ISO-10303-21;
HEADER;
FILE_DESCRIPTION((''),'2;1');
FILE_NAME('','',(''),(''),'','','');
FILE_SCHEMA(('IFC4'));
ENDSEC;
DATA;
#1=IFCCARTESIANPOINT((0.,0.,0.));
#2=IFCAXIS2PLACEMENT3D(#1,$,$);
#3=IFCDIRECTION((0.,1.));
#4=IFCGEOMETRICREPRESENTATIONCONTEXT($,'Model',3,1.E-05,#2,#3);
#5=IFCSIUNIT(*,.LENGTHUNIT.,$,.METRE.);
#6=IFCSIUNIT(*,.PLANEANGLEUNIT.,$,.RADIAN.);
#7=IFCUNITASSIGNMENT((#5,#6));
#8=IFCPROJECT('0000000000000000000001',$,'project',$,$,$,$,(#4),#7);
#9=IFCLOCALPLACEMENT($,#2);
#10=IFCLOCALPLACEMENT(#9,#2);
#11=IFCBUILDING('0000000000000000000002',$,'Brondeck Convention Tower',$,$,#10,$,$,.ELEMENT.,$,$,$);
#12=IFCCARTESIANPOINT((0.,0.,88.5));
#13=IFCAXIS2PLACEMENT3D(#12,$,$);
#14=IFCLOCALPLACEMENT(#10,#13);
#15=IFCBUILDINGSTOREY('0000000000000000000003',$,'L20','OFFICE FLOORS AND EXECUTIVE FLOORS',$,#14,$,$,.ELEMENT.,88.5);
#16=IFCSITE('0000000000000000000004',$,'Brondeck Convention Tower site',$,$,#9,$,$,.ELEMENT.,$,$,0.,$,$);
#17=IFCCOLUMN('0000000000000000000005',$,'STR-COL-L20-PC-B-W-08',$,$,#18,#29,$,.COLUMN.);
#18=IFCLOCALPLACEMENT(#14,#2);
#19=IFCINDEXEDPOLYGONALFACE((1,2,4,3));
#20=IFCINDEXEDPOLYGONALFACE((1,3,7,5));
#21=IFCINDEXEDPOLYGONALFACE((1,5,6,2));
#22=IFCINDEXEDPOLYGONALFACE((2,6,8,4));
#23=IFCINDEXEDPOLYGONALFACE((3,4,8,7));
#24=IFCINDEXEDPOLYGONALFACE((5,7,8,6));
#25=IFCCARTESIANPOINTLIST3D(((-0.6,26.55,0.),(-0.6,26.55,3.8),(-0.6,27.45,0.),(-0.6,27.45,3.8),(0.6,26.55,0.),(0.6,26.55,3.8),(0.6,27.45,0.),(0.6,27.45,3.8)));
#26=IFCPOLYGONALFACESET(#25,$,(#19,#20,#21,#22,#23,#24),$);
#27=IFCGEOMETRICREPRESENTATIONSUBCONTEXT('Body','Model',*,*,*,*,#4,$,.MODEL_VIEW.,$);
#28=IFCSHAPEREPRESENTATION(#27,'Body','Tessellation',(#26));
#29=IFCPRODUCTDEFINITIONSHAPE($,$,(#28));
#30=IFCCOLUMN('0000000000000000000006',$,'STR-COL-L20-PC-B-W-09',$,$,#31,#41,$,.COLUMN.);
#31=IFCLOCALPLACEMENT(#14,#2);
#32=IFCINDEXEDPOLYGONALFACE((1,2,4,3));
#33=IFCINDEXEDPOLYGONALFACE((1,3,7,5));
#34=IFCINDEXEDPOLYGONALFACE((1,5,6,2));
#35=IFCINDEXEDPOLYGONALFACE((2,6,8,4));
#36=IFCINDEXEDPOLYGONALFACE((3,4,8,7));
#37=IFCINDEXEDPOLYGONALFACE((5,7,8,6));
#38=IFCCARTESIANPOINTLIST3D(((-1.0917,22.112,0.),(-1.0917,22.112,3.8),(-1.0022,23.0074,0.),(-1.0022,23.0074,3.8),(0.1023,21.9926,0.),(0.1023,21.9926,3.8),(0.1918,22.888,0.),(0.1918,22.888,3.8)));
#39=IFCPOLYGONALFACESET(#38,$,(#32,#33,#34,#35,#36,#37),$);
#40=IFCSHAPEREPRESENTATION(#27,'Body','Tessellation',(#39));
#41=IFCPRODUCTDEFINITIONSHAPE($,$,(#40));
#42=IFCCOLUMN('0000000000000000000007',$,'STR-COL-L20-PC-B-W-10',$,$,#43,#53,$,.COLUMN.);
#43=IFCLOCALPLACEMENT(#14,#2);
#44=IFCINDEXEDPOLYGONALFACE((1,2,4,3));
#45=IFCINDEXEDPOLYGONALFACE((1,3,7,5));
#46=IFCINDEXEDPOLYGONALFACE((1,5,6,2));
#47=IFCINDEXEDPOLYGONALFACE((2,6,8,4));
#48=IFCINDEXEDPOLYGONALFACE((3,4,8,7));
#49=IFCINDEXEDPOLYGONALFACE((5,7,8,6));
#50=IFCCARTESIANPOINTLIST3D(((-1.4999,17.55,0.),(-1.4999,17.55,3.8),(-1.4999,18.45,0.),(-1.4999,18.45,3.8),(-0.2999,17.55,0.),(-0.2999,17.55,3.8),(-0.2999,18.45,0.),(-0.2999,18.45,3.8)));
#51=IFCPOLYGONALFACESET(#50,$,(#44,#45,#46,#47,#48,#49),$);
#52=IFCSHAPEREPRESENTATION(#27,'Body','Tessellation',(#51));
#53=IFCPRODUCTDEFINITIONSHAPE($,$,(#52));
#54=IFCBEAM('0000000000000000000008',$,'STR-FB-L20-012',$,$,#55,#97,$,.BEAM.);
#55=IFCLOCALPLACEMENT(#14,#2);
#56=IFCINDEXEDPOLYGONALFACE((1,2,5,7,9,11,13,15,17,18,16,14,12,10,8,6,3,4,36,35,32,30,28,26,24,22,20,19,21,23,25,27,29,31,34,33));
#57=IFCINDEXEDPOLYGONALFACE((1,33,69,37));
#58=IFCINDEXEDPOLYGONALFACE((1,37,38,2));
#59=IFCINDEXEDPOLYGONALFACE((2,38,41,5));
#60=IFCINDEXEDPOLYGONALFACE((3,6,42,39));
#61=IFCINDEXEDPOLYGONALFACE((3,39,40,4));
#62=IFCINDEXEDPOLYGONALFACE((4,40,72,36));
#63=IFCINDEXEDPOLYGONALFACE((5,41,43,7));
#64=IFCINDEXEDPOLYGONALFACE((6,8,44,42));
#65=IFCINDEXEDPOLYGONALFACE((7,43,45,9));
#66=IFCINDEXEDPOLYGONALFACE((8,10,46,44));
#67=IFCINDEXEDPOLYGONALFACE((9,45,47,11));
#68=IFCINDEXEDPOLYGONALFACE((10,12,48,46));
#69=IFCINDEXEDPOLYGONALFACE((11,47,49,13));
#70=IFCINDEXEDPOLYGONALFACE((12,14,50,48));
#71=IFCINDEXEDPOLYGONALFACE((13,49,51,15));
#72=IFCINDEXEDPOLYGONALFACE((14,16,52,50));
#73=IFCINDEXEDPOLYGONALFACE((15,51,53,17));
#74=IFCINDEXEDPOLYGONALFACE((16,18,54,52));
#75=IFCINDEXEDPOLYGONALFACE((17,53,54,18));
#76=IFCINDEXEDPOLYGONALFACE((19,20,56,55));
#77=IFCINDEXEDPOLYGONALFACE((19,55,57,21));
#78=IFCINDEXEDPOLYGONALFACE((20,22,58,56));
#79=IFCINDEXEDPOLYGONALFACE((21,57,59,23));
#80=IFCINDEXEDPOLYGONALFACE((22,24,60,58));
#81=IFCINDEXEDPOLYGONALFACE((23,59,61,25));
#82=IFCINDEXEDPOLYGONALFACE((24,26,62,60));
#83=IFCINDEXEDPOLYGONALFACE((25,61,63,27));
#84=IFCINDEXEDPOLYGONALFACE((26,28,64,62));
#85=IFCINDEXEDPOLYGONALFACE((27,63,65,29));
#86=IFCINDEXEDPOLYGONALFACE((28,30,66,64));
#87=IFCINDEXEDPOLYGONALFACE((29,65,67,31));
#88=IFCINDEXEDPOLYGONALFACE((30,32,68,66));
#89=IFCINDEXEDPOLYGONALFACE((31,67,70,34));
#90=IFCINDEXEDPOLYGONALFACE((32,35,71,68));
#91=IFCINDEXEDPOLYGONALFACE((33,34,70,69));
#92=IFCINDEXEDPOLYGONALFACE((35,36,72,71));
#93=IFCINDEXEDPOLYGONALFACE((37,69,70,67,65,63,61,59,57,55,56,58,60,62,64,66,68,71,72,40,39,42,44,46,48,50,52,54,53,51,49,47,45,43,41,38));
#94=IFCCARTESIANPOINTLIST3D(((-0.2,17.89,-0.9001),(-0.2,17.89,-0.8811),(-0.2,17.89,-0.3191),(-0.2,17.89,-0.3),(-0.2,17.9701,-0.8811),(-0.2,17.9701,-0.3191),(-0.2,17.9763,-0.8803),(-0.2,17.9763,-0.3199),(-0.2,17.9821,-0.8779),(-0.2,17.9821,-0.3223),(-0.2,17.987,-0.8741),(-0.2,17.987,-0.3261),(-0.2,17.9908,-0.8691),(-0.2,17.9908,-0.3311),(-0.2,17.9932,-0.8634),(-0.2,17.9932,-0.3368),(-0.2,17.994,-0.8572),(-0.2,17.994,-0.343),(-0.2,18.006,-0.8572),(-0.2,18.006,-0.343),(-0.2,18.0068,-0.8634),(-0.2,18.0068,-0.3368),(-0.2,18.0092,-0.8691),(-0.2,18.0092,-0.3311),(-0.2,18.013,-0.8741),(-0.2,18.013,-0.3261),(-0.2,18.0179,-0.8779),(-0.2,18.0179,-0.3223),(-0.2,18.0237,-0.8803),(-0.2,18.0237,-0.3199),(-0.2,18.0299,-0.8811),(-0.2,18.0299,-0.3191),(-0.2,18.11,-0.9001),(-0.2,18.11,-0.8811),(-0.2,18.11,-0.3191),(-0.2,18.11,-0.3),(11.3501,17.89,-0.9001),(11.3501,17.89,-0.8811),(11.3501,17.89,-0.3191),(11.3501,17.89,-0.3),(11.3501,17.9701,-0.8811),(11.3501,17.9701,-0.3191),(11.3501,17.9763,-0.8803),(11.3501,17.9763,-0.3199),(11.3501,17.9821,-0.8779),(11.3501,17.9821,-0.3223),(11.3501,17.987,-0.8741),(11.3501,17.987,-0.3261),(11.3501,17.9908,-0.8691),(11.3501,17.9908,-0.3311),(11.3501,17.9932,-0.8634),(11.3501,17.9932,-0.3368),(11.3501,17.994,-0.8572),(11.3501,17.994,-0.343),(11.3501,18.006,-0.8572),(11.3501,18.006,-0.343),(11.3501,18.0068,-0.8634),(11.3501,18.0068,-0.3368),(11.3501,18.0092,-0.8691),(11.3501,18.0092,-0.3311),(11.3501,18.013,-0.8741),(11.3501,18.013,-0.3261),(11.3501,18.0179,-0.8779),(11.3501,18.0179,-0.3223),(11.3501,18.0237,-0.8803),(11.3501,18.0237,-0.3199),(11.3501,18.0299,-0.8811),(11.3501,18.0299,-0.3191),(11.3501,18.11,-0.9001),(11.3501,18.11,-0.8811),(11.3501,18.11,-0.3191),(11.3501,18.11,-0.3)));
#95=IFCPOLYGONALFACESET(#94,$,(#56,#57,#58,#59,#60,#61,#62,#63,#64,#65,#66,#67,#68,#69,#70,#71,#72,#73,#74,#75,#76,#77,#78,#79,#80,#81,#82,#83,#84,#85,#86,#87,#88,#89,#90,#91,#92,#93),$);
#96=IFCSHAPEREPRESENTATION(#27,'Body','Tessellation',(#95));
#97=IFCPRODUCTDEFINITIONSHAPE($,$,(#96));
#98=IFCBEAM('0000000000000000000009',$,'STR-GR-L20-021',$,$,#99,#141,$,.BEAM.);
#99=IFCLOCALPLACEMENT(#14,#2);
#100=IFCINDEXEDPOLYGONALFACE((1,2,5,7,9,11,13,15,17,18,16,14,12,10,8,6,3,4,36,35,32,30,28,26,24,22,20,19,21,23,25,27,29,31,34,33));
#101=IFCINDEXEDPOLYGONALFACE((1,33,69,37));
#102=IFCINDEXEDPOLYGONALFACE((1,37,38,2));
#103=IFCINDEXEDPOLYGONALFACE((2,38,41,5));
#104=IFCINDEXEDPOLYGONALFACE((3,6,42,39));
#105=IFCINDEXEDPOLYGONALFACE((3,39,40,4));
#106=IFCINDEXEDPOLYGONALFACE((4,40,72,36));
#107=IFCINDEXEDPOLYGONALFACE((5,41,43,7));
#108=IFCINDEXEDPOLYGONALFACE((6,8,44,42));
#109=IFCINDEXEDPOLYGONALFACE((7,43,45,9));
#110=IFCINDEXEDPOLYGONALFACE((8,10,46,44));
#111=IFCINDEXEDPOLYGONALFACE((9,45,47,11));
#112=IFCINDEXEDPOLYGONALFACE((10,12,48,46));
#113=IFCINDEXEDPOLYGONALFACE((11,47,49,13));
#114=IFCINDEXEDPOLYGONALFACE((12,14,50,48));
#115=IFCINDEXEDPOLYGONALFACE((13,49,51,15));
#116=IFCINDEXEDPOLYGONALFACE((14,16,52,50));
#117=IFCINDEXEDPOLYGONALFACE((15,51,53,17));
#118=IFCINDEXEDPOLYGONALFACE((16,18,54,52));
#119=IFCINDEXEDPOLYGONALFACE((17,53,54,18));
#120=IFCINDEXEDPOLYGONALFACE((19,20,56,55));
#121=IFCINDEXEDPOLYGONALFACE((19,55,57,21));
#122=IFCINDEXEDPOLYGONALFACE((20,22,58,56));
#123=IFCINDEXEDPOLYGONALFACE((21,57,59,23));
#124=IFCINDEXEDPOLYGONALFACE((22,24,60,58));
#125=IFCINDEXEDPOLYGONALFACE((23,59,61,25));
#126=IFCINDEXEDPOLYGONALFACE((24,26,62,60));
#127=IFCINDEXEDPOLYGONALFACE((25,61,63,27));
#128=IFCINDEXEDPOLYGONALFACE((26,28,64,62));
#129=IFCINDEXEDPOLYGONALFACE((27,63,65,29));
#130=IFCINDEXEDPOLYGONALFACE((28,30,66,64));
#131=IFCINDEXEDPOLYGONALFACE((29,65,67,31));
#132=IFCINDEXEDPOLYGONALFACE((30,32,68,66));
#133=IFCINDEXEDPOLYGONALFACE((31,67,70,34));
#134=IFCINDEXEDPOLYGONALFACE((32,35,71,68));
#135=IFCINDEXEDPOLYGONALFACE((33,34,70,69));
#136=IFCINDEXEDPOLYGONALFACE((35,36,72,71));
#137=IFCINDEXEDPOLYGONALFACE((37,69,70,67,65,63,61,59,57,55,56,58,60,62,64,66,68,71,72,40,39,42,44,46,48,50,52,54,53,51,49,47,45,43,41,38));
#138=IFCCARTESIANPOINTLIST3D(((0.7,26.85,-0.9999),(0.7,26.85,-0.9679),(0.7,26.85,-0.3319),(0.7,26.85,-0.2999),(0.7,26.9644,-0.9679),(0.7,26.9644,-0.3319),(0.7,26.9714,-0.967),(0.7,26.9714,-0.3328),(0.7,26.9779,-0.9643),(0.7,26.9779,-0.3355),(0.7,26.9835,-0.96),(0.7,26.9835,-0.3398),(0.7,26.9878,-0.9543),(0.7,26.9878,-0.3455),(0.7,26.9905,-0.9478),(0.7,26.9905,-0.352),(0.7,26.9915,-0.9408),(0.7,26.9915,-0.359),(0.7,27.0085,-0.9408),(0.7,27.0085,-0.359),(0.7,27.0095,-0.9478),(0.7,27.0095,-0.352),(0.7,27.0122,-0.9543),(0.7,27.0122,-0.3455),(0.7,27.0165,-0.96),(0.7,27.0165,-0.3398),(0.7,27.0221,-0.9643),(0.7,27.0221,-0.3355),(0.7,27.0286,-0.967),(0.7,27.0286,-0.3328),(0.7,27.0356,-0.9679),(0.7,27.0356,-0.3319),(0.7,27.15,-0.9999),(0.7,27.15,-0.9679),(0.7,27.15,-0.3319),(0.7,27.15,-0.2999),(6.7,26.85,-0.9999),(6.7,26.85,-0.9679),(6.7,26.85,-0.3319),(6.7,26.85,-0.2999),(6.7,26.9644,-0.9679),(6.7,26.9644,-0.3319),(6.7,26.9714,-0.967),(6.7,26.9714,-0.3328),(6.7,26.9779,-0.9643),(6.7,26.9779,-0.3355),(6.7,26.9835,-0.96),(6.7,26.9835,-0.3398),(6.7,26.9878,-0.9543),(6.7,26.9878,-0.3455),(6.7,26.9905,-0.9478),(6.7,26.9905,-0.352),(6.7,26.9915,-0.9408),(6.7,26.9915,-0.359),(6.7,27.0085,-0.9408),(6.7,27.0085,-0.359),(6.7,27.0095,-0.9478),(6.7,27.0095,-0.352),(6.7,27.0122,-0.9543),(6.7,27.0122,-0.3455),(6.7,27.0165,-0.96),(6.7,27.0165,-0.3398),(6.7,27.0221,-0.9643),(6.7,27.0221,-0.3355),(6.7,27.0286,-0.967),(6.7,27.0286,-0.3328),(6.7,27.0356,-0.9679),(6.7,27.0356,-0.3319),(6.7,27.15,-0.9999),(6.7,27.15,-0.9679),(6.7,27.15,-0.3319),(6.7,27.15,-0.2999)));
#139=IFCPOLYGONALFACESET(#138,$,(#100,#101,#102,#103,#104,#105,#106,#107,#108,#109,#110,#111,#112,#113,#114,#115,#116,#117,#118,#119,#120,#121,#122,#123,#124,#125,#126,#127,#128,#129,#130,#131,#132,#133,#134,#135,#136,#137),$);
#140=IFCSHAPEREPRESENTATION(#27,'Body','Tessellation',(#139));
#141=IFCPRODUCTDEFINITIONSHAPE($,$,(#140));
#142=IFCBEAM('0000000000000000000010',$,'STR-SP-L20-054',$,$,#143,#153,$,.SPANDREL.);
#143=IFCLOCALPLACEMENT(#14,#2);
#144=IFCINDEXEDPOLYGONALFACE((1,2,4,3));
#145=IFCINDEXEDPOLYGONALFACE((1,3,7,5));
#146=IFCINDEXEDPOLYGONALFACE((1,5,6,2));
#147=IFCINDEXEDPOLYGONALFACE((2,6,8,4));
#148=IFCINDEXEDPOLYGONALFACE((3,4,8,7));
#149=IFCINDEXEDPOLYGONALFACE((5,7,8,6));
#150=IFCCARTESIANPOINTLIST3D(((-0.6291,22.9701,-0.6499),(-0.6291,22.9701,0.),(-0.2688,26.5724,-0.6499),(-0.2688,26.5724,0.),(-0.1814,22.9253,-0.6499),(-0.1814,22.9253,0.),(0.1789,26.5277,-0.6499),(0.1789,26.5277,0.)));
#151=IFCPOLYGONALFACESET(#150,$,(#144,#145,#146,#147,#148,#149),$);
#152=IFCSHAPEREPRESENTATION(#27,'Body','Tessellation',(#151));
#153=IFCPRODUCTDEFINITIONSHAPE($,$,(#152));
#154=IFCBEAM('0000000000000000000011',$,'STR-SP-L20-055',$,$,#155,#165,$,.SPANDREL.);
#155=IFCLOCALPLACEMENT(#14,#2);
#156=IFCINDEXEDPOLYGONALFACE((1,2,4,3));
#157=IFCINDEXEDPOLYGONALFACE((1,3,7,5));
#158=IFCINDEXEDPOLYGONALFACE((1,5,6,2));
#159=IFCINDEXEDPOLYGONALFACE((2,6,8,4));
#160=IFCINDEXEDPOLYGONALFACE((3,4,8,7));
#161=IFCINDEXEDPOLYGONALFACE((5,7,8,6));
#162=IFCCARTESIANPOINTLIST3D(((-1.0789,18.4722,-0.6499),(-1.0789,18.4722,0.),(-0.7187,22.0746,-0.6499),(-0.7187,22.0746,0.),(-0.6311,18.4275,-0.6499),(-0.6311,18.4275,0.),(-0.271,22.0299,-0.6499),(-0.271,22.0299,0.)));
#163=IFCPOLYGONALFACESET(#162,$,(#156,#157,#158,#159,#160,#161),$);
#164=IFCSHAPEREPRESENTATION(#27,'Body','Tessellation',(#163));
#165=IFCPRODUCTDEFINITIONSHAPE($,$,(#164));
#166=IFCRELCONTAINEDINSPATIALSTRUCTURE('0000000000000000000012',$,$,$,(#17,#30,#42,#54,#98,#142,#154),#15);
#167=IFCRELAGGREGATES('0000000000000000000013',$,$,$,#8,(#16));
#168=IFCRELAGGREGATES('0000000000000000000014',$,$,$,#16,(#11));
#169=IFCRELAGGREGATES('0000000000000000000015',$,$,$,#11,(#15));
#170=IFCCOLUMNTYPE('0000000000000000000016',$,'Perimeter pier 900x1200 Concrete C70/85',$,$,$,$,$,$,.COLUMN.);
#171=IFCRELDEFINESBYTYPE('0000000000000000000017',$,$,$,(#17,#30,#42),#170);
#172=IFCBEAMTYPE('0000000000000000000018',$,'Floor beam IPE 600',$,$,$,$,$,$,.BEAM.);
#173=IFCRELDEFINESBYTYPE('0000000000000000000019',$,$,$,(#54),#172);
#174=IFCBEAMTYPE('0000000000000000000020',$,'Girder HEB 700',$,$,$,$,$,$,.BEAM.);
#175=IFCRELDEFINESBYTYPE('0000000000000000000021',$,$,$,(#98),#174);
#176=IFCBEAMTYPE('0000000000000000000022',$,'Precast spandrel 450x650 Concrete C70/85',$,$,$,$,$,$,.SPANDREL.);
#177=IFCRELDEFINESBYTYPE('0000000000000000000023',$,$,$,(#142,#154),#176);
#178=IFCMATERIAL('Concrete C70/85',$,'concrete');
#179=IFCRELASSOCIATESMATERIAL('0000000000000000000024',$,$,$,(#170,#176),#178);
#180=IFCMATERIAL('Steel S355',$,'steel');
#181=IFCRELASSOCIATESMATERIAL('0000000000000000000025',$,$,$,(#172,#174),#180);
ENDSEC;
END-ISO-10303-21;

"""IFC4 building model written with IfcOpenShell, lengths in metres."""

from ifc_helpers import new_model, si_unit, direction, frame, origin, origin_2d, place, context, subcontext, project, spatial, rectangle, i_section, extrude, material, material_profile, profile_set, type_object, element, save


model = new_model("IFC4")

# Units and contexts
model_context = context("Model", 3, precision=1e-05, world=origin(), true_north=direction((0.0, 1.0)))
body_context = subcontext(model_context, "Body", "Model", "MODEL_VIEW")
ifc_project = project(units=[si_unit("LENGTHUNIT", "METRE"), si_unit("PLANEANGLEUNIT", "RADIAN")], contexts=[model_context])

# Site, building, storey
site_placement = place(None, origin())
site = spatial("IfcSite", under=ifc_project, at=site_placement, Name="Brondeck Convention Tower site", CompositionType="ELEMENT", RefElevation=0.0)
building_placement = place(site_placement, origin())
building = spatial("IfcBuilding", under=site, at=building_placement, Name="Brondeck Convention Tower", CompositionType="ELEMENT")
storey_placement = place(building_placement, frame((0.0, 0.0, 88.5)))
storey = spatial("IfcBuildingStorey", under=building, at=storey_placement, Name="L20", Description="OFFICE FLOORS AND EXECUTIVE FLOORS", CompositionType="ELEMENT", Elevation=88.5)

# Columns
ifc_material_1 = material(Name="Concrete C70/85", Category="concrete")
ifc_material_profile_1 = material_profile(ifc_material_1, rectangle(XDim=0.8999, YDim=1.2, at=origin_2d()), Name="Perimeter pier 900x1200 Concrete C70/85")
ifc_profile_set_1 = profile_set([ifc_material_profile_1], Name="Concrete C70/85")
column_type = type_object("IfcColumnType", Name="Perimeter pier 900x1200 Concrete C70/85", PredefinedType="COLUMN", material=ifc_profile_set_1)
for number, where, z_axis, x_axis, name in (
    (1, (0.0, 27.0, 0.0), (0.0, 0.0, 1.0), (0.0, -1.0, 0.0), "STR-COL-L20-PC-B-W-08"),
    (2, (-0.45, 22.5, 0.0), (0.0, 0.0, 1.0), (-0.099504, -0.995037, 0.0), "STR-COL-L20-PC-B-W-09"),
    (3, (-0.8999, 18.0, 0.0), (0.0, 0.0, 1.0), (0.0, -1.0, 0.0), "STR-COL-L20-PC-B-W-10"),
):
    element("IfcColumn", number, at=place(storey_placement, frame(where, z_axis=z_axis, x_axis=x_axis)), inside=storey, type_object=column_type, Name=name, PredefinedType="COLUMN", context=body_context, shape_type="SweptSolid", body=[
        extrude(rectangle(XDim=0.8999, YDim=1.2, at=origin_2d()), origin(), (0.0, 0.0, 1.0), 3.8),
    ])

# Beams
ifc_material_2 = material(Name="Steel S355", Category="steel")
ifc_material_profile_2 = material_profile(ifc_material_2, i_section(OverallWidth=0.22, OverallDepth=0.6001, WebThickness=0.012, FlangeThickness=0.019, FilletRadius=0.0239, at=origin_2d()), Name="IPE 600")
ifc_profile_set_2 = profile_set([ifc_material_profile_2], Name="Steel S355")
beam_type_1 = type_object("IfcBeamType", Name="Floor beam IPE 600", PredefinedType="BEAM", material=ifc_profile_set_2)
beam_1_placement = place(storey_placement, frame((-0.2, 18.0, -0.6001), z_axis=(1.0, 0.0, 0.0), x_axis=(0.0, 1.0, 0.0)))
element("IfcBeam", 4, at=beam_1_placement, inside=storey, type_object=beam_type_1, Name="STR-FB-L20-012", PredefinedType="BEAM", context=body_context, shape_type="SweptSolid", body=[
    extrude(i_section(OverallWidth=0.22, OverallDepth=0.6001, WebThickness=0.012, FlangeThickness=0.019, FilletRadius=0.0239, at=origin_2d()), origin(), (0.0, 0.0, 1.0), 11.55),
])
ifc_material_profile_3 = material_profile(ifc_material_2, i_section(OverallWidth=0.3, OverallDepth=0.7, WebThickness=0.0171, FlangeThickness=0.032, FilletRadius=0.0271, at=origin_2d()), Name="HEB 700")
ifc_profile_set_3 = profile_set([ifc_material_profile_3], Name="Steel S355")
beam_type_2 = type_object("IfcBeamType", Name="Girder HEB 700", PredefinedType="BEAM", material=ifc_profile_set_3)
beam_2_placement = place(storey_placement, frame((0.7, 27.0, -0.6499), z_axis=(1.0, 0.0, 0.0), x_axis=(0.0, 1.0, 0.0)))
element("IfcBeam", 5, at=beam_2_placement, inside=storey, type_object=beam_type_2, Name="STR-GR-L20-021", PredefinedType="BEAM", context=body_context, shape_type="SweptSolid", body=[
    extrude(i_section(OverallWidth=0.3, OverallDepth=0.7, WebThickness=0.0171, FlangeThickness=0.032, FilletRadius=0.0271, at=origin_2d()), origin(), (0.0, 0.0, 1.0), 6.0),
])
ifc_material_profile_4 = material_profile(ifc_material_1, rectangle(XDim=0.45, YDim=0.6499, at=origin_2d()), Name="Precast spandrel 450x650 Concrete C70/85")
ifc_profile_set_4 = profile_set([ifc_material_profile_4], Name="Concrete C70/85")
beam_type_3 = type_object("IfcBeamType", Name="Precast spandrel 450x650 Concrete C70/85", PredefinedType="SPANDREL", material=ifc_profile_set_4)
for number, where, z_axis, x_axis, name in (
    (6, (-0.0449, 26.55, -0.325), (-0.099537, -0.995034, 0.0), (0.995034, -0.099537, 0.0), "STR-SP-L20-054"),
    (7, (-0.4949, 22.0522, -0.325), (-0.09947, -0.995041, 0.0), (0.995041, -0.09947, 0.0), "STR-SP-L20-055"),
):
    element("IfcBeam", number, at=place(storey_placement, frame(where, z_axis=z_axis, x_axis=x_axis)), inside=storey, type_object=beam_type_3, Name=name, PredefinedType="SPANDREL", context=body_context, shape_type="SweptSolid", body=[
        extrude(rectangle(XDim=0.45, YDim=0.6499, at=origin_2d()), origin(), (0.0, 0.0, 1.0), 3.6204),
    ])

save(model, "model.ifc")
